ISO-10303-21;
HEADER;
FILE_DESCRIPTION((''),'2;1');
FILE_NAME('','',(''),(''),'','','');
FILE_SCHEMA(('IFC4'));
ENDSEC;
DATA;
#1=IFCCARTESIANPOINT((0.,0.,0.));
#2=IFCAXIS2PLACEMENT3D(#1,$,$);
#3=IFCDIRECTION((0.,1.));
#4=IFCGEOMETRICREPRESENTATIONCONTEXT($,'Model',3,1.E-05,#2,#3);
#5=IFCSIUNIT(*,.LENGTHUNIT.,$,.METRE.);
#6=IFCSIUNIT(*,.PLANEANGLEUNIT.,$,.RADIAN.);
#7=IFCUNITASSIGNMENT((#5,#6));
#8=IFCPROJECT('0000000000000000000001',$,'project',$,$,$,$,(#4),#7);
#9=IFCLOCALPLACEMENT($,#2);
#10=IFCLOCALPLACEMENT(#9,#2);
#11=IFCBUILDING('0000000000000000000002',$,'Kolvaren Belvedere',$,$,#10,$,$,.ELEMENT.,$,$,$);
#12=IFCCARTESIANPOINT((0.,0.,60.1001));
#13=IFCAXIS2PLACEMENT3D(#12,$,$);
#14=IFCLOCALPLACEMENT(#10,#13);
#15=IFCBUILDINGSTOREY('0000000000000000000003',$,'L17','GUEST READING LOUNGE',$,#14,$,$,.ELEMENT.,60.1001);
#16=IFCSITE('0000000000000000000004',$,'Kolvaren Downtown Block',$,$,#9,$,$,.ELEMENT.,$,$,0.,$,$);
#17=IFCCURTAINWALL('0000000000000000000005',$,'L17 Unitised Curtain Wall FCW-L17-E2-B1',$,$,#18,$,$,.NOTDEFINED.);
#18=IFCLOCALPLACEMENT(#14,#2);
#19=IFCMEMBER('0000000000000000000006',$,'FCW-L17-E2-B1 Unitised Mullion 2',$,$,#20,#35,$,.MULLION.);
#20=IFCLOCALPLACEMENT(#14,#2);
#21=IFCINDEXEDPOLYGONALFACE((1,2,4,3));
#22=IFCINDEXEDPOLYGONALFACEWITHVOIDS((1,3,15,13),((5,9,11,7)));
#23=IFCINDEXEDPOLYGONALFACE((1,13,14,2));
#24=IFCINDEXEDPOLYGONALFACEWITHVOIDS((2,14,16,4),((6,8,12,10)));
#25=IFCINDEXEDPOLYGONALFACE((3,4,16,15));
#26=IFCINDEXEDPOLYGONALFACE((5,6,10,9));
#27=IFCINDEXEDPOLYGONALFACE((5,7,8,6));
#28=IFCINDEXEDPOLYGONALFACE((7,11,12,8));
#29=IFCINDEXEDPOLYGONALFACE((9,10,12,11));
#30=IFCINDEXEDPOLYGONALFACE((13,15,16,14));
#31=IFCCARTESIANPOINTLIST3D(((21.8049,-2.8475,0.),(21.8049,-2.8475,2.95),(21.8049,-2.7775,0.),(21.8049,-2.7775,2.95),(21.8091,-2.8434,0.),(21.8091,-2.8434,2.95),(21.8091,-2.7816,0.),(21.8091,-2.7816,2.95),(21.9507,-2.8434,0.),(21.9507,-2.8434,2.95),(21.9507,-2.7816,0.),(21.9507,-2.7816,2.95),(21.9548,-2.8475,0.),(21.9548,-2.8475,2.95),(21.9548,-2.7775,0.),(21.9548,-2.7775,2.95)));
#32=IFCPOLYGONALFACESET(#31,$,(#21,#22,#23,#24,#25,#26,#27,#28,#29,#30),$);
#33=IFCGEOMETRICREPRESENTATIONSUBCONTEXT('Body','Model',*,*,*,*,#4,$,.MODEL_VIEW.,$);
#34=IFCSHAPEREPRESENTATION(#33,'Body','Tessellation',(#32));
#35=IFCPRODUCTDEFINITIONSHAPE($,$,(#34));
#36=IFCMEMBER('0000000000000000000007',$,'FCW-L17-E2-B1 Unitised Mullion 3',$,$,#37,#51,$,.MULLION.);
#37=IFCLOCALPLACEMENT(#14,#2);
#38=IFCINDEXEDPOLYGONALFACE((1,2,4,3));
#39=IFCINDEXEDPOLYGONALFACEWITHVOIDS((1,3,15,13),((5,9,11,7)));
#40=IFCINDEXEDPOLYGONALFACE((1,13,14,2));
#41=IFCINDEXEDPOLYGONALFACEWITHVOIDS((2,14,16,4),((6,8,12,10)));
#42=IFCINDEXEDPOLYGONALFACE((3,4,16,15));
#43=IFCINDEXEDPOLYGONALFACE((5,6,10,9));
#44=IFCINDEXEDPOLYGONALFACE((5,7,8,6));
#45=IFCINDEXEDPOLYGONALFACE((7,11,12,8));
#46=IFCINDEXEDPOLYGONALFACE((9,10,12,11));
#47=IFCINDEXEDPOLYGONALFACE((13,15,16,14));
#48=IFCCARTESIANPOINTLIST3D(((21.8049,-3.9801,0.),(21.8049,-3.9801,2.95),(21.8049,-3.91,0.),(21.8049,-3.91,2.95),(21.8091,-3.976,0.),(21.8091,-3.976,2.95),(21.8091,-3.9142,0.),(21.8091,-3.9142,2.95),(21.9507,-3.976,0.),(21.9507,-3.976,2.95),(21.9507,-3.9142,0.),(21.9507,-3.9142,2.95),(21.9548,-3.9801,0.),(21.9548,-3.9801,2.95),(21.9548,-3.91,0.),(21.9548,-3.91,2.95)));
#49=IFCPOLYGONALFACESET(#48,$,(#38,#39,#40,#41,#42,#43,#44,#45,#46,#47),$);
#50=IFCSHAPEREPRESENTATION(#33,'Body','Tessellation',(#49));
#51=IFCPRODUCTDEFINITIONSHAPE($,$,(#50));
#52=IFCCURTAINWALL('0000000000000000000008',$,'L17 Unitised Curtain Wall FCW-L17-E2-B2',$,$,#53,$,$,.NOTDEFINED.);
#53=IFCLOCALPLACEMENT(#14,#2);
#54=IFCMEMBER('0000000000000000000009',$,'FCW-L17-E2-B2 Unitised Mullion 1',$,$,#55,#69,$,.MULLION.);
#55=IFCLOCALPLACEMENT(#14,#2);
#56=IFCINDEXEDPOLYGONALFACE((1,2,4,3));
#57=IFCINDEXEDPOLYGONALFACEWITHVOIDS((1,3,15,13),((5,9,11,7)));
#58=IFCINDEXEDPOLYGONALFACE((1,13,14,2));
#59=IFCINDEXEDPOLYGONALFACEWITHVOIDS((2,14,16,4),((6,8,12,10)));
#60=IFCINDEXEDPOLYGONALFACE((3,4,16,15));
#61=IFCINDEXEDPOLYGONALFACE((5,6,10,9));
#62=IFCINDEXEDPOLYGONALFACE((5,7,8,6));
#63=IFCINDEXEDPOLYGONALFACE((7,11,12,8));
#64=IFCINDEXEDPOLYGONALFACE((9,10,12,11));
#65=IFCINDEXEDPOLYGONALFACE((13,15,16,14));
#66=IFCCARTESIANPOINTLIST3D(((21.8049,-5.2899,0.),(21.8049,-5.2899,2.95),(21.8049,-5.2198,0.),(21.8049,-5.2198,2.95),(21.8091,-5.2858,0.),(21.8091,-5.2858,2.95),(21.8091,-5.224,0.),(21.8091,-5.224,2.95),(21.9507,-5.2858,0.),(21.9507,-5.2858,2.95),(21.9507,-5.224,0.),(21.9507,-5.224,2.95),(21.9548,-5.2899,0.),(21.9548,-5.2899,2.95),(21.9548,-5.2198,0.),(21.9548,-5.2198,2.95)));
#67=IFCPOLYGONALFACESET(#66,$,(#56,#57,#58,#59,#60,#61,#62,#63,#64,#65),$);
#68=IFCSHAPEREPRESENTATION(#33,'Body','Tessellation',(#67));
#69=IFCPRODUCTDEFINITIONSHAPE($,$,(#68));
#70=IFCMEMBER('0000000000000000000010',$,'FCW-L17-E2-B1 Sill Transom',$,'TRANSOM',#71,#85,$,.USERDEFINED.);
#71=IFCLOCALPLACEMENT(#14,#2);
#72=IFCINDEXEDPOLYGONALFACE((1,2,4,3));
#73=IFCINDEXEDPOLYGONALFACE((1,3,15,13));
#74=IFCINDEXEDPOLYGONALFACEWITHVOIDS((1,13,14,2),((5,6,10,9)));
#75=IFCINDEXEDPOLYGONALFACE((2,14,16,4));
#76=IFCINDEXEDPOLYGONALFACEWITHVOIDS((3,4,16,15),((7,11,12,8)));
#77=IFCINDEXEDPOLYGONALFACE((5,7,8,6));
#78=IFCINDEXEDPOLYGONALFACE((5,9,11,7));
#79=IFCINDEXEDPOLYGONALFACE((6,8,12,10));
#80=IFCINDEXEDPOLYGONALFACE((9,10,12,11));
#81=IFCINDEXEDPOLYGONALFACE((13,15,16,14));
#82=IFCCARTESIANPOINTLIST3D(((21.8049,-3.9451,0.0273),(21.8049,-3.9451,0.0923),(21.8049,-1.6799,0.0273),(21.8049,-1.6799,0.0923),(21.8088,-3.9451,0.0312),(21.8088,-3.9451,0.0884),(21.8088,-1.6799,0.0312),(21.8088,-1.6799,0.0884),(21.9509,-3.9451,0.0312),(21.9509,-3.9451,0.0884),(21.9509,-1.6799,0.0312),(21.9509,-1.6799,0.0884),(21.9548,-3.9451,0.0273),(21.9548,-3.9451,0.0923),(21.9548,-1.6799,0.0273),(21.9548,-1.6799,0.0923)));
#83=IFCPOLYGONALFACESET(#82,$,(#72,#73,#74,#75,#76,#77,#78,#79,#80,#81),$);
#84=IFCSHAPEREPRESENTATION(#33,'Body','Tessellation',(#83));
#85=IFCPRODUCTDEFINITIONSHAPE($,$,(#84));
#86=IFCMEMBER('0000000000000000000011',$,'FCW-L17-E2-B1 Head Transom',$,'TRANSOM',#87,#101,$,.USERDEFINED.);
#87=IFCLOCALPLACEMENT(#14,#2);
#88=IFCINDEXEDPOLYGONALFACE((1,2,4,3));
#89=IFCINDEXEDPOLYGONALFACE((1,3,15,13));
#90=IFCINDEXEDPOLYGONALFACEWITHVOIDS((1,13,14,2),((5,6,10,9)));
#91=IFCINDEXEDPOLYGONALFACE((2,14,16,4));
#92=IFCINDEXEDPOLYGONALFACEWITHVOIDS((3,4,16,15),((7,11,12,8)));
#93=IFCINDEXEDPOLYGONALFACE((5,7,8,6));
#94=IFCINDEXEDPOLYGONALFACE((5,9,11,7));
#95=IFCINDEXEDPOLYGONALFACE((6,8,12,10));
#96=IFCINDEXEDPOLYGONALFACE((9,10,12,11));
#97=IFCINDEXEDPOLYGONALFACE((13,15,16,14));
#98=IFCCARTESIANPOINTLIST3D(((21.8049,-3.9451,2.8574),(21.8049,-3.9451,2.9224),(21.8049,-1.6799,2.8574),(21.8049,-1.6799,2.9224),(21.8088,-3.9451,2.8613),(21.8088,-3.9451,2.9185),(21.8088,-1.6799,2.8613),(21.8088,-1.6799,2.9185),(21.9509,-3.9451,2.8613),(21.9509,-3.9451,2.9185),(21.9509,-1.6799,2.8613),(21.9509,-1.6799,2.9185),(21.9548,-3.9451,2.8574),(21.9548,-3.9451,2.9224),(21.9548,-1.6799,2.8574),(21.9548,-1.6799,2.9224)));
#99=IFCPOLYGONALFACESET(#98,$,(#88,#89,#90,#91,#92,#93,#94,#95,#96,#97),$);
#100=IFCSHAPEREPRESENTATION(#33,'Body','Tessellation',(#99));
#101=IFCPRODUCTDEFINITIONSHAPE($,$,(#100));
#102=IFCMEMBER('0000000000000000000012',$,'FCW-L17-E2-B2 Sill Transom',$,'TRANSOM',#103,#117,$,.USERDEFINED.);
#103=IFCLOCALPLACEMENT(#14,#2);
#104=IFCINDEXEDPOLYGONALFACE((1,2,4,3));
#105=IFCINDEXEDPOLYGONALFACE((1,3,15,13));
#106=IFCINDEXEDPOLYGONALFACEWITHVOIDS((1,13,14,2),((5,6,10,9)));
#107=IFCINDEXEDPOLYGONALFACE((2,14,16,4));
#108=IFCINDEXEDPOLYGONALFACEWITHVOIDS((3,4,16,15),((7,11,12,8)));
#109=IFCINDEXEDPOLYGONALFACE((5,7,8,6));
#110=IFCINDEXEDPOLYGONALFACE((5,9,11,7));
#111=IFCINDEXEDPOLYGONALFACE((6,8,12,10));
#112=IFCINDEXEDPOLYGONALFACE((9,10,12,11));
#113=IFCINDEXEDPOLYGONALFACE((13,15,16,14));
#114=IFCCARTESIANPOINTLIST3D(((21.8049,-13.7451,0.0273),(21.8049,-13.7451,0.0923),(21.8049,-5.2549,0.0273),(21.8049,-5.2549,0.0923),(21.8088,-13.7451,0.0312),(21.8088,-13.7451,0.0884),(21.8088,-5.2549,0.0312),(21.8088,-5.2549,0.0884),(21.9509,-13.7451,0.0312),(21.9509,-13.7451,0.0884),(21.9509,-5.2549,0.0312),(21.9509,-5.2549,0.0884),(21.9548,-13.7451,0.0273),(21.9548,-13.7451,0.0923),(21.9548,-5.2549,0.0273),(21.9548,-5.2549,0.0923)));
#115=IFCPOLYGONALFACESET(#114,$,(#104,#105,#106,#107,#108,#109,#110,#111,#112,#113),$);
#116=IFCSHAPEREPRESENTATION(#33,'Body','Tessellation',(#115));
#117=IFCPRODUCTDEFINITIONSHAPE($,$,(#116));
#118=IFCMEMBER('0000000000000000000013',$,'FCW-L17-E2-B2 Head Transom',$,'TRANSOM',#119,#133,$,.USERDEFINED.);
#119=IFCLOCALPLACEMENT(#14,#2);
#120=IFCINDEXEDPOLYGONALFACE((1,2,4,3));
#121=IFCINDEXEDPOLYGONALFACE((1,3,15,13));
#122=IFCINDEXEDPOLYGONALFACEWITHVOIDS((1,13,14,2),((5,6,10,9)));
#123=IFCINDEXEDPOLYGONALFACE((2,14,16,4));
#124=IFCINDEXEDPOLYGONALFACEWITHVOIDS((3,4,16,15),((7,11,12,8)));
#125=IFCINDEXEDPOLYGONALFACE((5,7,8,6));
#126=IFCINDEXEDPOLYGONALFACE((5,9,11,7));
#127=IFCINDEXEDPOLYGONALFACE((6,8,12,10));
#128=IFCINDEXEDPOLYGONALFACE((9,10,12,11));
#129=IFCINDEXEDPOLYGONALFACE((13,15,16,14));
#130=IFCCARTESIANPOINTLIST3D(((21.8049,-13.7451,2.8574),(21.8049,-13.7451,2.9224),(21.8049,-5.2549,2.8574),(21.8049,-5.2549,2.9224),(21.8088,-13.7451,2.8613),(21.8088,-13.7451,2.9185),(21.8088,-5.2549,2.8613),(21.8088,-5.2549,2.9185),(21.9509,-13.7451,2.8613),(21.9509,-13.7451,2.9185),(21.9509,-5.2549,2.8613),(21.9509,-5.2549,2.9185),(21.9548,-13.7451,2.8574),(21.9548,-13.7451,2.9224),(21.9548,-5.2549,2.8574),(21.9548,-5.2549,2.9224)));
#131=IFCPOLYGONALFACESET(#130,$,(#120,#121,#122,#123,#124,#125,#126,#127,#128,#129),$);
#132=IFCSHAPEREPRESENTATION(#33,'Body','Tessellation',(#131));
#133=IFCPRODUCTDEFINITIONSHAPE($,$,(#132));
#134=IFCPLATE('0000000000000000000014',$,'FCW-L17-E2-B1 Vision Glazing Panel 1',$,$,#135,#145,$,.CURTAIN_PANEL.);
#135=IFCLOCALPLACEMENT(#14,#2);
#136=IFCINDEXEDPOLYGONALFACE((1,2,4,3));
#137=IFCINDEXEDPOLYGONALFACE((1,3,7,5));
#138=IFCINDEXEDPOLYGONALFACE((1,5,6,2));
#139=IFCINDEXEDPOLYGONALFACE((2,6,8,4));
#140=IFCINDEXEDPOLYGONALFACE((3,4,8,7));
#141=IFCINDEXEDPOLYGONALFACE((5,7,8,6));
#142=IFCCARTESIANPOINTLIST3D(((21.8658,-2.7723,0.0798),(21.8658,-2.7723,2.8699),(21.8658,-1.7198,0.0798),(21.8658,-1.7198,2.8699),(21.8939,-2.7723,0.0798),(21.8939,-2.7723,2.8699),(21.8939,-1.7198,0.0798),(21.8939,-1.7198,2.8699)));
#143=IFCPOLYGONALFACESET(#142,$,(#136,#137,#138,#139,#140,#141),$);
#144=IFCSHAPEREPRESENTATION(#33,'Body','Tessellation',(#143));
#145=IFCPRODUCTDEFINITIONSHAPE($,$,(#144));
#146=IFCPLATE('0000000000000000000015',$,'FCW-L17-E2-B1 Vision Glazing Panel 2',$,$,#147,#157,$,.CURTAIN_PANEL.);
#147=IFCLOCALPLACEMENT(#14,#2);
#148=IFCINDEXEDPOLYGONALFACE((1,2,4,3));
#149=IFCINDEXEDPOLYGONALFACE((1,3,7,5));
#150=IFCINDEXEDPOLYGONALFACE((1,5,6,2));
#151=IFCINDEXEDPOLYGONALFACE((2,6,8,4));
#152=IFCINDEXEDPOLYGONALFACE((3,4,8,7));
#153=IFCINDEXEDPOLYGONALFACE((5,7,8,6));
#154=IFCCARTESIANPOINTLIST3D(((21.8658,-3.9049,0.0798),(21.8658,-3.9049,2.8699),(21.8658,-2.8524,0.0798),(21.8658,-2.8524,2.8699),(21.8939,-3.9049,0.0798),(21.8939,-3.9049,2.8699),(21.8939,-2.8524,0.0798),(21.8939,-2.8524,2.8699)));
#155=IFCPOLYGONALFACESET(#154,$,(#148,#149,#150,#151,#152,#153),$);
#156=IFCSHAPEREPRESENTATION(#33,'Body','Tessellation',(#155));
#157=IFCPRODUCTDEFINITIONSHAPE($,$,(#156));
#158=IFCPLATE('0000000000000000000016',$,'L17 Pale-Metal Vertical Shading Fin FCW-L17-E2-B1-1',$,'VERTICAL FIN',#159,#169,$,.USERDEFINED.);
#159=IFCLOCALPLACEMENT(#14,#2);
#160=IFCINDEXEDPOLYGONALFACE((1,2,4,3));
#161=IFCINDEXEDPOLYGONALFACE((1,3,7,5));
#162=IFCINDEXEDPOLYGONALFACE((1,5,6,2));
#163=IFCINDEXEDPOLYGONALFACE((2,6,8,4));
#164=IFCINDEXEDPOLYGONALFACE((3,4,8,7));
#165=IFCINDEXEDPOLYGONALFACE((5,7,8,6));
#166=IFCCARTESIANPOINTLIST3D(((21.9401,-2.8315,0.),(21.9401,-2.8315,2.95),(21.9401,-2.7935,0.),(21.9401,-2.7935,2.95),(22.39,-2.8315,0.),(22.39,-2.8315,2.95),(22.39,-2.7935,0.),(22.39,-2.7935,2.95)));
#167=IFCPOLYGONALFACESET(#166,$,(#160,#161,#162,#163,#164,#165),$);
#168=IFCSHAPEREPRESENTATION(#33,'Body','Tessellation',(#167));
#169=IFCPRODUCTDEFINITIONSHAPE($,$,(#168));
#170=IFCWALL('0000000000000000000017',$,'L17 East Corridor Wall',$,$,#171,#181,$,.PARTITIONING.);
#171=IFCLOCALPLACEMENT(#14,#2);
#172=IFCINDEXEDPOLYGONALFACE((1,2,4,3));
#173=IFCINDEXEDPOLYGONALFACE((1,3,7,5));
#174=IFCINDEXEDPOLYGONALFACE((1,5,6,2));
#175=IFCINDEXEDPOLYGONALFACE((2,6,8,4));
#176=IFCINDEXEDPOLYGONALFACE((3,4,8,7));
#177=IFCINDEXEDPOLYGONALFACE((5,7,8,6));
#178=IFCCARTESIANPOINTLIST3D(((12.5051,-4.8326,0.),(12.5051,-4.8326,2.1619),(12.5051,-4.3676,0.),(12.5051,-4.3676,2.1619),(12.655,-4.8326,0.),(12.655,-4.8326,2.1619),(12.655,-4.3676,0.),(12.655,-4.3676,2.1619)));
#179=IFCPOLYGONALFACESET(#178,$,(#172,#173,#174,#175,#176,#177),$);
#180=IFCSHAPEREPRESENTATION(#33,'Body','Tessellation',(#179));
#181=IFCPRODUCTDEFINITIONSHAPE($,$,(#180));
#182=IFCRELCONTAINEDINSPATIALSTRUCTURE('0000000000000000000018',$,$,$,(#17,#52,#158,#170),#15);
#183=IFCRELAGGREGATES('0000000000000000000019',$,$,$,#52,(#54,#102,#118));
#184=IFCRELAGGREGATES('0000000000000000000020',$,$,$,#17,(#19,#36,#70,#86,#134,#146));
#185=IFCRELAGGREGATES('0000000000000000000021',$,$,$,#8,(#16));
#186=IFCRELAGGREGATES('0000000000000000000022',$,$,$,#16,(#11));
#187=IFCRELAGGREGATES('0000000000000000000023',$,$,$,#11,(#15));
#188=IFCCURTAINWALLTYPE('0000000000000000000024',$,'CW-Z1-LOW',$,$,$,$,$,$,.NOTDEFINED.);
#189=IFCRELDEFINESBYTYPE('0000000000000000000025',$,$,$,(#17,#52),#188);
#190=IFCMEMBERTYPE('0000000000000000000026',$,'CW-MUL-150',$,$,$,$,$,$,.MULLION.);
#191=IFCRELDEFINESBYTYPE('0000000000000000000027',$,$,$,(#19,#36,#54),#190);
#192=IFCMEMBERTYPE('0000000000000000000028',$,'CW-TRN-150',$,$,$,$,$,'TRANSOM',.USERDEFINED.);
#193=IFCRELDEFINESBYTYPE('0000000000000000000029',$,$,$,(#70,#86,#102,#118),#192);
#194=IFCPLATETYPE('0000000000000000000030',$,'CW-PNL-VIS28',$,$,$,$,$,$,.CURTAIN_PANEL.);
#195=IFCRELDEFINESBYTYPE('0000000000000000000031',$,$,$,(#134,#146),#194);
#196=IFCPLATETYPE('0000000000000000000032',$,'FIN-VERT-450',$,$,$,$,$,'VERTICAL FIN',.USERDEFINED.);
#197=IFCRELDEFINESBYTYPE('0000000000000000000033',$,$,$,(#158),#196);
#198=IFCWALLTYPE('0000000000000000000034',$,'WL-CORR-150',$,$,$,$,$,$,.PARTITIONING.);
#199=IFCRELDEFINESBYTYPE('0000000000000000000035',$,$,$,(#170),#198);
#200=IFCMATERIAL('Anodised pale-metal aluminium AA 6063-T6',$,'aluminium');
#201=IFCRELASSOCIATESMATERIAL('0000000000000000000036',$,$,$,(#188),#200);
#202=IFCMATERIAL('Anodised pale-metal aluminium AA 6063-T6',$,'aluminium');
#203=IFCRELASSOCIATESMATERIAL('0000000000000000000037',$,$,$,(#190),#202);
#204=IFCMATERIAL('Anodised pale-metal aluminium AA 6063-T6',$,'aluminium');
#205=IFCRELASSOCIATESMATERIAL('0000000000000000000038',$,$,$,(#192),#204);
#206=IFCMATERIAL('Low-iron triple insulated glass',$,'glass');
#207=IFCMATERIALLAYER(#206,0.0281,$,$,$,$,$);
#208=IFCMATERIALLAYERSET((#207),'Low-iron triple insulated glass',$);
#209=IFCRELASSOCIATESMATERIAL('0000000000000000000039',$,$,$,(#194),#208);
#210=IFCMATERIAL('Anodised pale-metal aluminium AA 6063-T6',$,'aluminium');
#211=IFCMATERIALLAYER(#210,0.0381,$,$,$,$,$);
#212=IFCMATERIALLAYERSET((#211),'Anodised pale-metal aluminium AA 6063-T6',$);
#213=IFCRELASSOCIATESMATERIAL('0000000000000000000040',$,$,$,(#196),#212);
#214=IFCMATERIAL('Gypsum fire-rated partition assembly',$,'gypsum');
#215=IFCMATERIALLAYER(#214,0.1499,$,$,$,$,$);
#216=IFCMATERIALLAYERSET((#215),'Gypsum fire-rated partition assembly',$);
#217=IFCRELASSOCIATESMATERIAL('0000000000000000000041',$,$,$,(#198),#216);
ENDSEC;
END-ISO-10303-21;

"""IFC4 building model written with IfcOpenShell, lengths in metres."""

from ifc_helpers import new_model, si_unit, direction, frame, frame_2d, origin, origin_2d, place, context, subcontext, project, spatial, rectangle, hollow_rectangle, extrude, material, layer, layer_set, material_profile, profile_set, type_object, element, aggregate, save


model = new_model("IFC4")

# Units and contexts
model_context = context("Model", 3, precision=1e-05, world=origin(), true_north=direction((0.0, 1.0)))
body_context = subcontext(model_context, "Body", "Model", "MODEL_VIEW")
ifc_project = project(units=[si_unit("LENGTHUNIT", "METRE"), si_unit("PLANEANGLEUNIT", "RADIAN")], contexts=[model_context])

# Site, building, storey
site_placement = place(None, origin())
site = spatial("IfcSite", under=ifc_project, at=site_placement, Name="Kolvaren Downtown Block", CompositionType="ELEMENT", RefElevation=0.0)
building_placement = place(site_placement, origin())
building = spatial("IfcBuilding", under=site, at=building_placement, Name="Kolvaren Belvedere", CompositionType="ELEMENT")
storey_placement = place(building_placement, frame((0.0, 0.0, 60.1001)))
storey = spatial("IfcBuildingStorey", under=building, at=storey_placement, Name="L17", Description="GUEST READING LOUNGE", CompositionType="ELEMENT", Elevation=60.1001)

# Curtain wall, members
ifc_material_1 = material(Name="Anodised pale-metal aluminium AA 6063-T6", Category="aluminium")
curtain_wall_type = type_object("IfcCurtainWallType", Name="CW-Z1-LOW", PredefinedType="NOTDEFINED", material=ifc_material_1)
curtain_wall_1_placement = place(storey_placement, origin())
curtain_wall_1 = element("IfcCurtainWall", 1, at=curtain_wall_1_placement, inside=storey, type_object=curtain_wall_type, Name="L17 Unitised Curtain Wall FCW-L17-E2-B1", PredefinedType="NOTDEFINED")
ifc_material_2 = material(Name="Anodised pale-metal aluminium AA 6063-T6", Category="aluminium")
ifc_material_profile_1 = material_profile(ifc_material_2, hollow_rectangle(XDim=0.0701, YDim=0.1499, WallThickness=0.0042, at=origin_2d()), Name="ALU-MUL-150X70")
ifc_profile_set_1 = profile_set([ifc_material_profile_1], Name="Anodised pale-metal aluminium AA 6063-T6")
member_type_1 = type_object("IfcMemberType", Name="CW-MUL-150", PredefinedType="MULLION", material=ifc_profile_set_1)
member_1_placement = place(storey_placement, frame((21.8799, -2.8125, 0.0), z_axis=(0.0, 0.0, 1.0), x_axis=(0.0, 1.0, 0.0)))
member_1 = element("IfcMember", 2, at=member_1_placement, type_object=member_type_1, Name="FCW-L17-E2-B1 Unitised Mullion 2", PredefinedType="MULLION", context=body_context, shape_type="SweptSolid", body=[
    extrude(hollow_rectangle(XDim=0.0701, YDim=0.1499, WallThickness=0.0042, at=origin_2d()), origin(), (0.0, 0.0, 1.0), 2.95),
])
member_2_placement = place(storey_placement, frame((21.8799, -3.9451, 0.0), z_axis=(0.0, 0.0, 1.0), x_axis=(0.0, 1.0, 0.0)))
member_2 = element("IfcMember", 3, at=member_2_placement, type_object=member_type_1, Name="FCW-L17-E2-B1 Unitised Mullion 3", PredefinedType="MULLION", context=body_context, shape_type="SweptSolid", body=[
    extrude(hollow_rectangle(XDim=0.0701, YDim=0.1499, WallThickness=0.0042, at=origin_2d()), origin(), (0.0, 0.0, 1.0), 2.95),
])

# Curtain wall, member
curtain_wall_2_placement = place(storey_placement, origin())
curtain_wall_2 = element("IfcCurtainWall", 4, at=curtain_wall_2_placement, inside=storey, type_object=curtain_wall_type, Name="L17 Unitised Curtain Wall FCW-L17-E2-B2", PredefinedType="NOTDEFINED")
member_3_placement = place(storey_placement, frame((21.8799, -5.2549, 0.0), z_axis=(0.0, 0.0, 1.0), x_axis=(0.0, 1.0, 0.0)))
member_3 = element("IfcMember", 5, at=member_3_placement, type_object=member_type_1, Name="FCW-L17-E2-B2 Unitised Mullion 1", PredefinedType="MULLION", context=body_context, shape_type="SweptSolid", body=[
    extrude(hollow_rectangle(XDim=0.0701, YDim=0.1499, WallThickness=0.0042, at=origin_2d()), origin(), (0.0, 0.0, 1.0), 2.95),
])

# Members
ifc_material_3 = material(Name="Anodised pale-metal aluminium AA 6063-T6", Category="aluminium")
ifc_material_profile_2 = material_profile(ifc_material_3, hollow_rectangle(XDim=0.0649, YDim=0.1499, WallThickness=0.0039, at=origin_2d()), Name="ALU-TRN-150X65")
ifc_profile_set_2 = profile_set([ifc_material_profile_2], Name="Anodised pale-metal aluminium AA 6063-T6")
member_type_2 = type_object("IfcMemberType", Name="CW-TRN-150", ElementType="TRANSOM", PredefinedType="USERDEFINED", material=ifc_profile_set_2)
member_4_placement = place(storey_placement, frame((21.8799, -1.6799, 0.0598), z_axis=(0.0, -1.0, 0.0), x_axis=(0.0, 0.0, 1.0)))
member_4 = element("IfcMember", 6, at=member_4_placement, type_object=member_type_2, Name="FCW-L17-E2-B1 Sill Transom", ObjectType="TRANSOM", PredefinedType="USERDEFINED", context=body_context, shape_type="SweptSolid", body=[
    extrude(hollow_rectangle(XDim=0.0649, YDim=0.1499, WallThickness=0.0039, at=origin_2d()), origin(), (0.0, 0.0, 1.0), 2.2651),
])
member_5_placement = place(storey_placement, frame((21.8799, -1.6799, 2.8899), z_axis=(0.0, -1.0, 0.0), x_axis=(0.0, 0.0, 1.0)))
member_5 = element("IfcMember", 7, at=member_5_placement, type_object=member_type_2, Name="FCW-L17-E2-B1 Head Transom", ObjectType="TRANSOM", PredefinedType="USERDEFINED", context=body_context, shape_type="SweptSolid", body=[
    extrude(hollow_rectangle(XDim=0.0649, YDim=0.1499, WallThickness=0.0039, at=origin_2d()), origin(), (0.0, 0.0, 1.0), 2.2651),
])
member_6_placement = place(storey_placement, frame((21.8799, -5.2549, 0.0598), z_axis=(0.0, -1.0, 0.0), x_axis=(0.0, 0.0, 1.0)))
member_6 = element("IfcMember", 8, at=member_6_placement, type_object=member_type_2, Name="FCW-L17-E2-B2 Sill Transom", ObjectType="TRANSOM", PredefinedType="USERDEFINED", context=body_context, shape_type="SweptSolid", body=[
    extrude(hollow_rectangle(XDim=0.0649, YDim=0.1499, WallThickness=0.0039, at=origin_2d()), origin(), (0.0, 0.0, 1.0), 8.4902),
])
member_7_placement = place(storey_placement, frame((21.8799, -5.2549, 2.8899), z_axis=(0.0, -1.0, 0.0), x_axis=(0.0, 0.0, 1.0)))
member_7 = element("IfcMember", 9, at=member_7_placement, type_object=member_type_2, Name="FCW-L17-E2-B2 Head Transom", ObjectType="TRANSOM", PredefinedType="USERDEFINED", context=body_context, shape_type="SweptSolid", body=[
    extrude(hollow_rectangle(XDim=0.0649, YDim=0.1499, WallThickness=0.0039, at=origin_2d()), origin(), (0.0, 0.0, 1.0), 8.4902),
])
aggregate(curtain_wall_2, [member_3, member_6, member_7])

# Plates
ifc_material_4 = material(Name="Low-iron triple insulated glass", Category="glass")
ifc_layer_1 = layer(ifc_material_4, 0.0281)
ifc_layer_set_1 = layer_set([ifc_layer_1], Name="Low-iron triple insulated glass")
plate_type_1 = type_object("IfcPlateType", Name="CW-PNL-VIS28", PredefinedType="CURTAIN_PANEL", material=ifc_layer_set_1)
plate_1_placement = place(storey_placement, frame((21.8799, -2.2461, 0.0798), z_axis=(0.0, 0.0, 1.0), x_axis=(0.0, -1.0, 0.0)))
plate_1 = element("IfcPlate", 10, at=plate_1_placement, type_object=plate_type_1, Name="FCW-L17-E2-B1 Vision Glazing Panel 1", PredefinedType="CURTAIN_PANEL", context=body_context, shape_type="SweptSolid", body=[
    extrude(rectangle(XDim=1.0525, YDim=0.0281, at=origin_2d()), origin(), (0.0, 0.0, 1.0), 2.79),
])
plate_2_placement = place(storey_placement, frame((21.8799, -3.3787, 0.0798), z_axis=(0.0, 0.0, 1.0), x_axis=(0.0, -1.0, 0.0)))
plate_2 = element("IfcPlate", 11, at=plate_2_placement, type_object=plate_type_1, Name="FCW-L17-E2-B1 Vision Glazing Panel 2", PredefinedType="CURTAIN_PANEL", context=body_context, shape_type="SweptSolid", body=[
    extrude(rectangle(XDim=1.0525, YDim=0.0281, at=origin_2d()), origin(), (0.0, 0.0, 1.0), 2.79),
])
aggregate(curtain_wall_1, [member_1, member_2, member_4, member_5, plate_1, plate_2])
ifc_material_5 = material(Name="Anodised pale-metal aluminium AA 6063-T6", Category="aluminium")
ifc_layer_2 = layer(ifc_material_5, 0.0381)
ifc_layer_set_2 = layer_set([ifc_layer_2], Name="Anodised pale-metal aluminium AA 6063-T6")
plate_type_2 = type_object("IfcPlateType", Name="FIN-VERT-450", ElementType="VERTICAL FIN", PredefinedType="USERDEFINED", material=ifc_layer_set_2)
plate_3_placement = place(storey_placement, frame((22.165, -2.8125, 0.0), z_axis=(0.0, 0.0, 1.0), x_axis=(1.0, 0.0, 0.0)))
element("IfcPlate", 12, at=plate_3_placement, inside=storey, type_object=plate_type_2, Name="L17 Pale-Metal Vertical Shading Fin FCW-L17-E2-B1-1", ObjectType="VERTICAL FIN", PredefinedType="USERDEFINED", context=body_context, shape_type="SweptSolid", body=[
    extrude(rectangle(XDim=0.45, YDim=0.0381, at=origin_2d()), origin(), (0.0, 0.0, 1.0), 2.95),
])

# Wall
ifc_material_6 = material(Name="Gypsum fire-rated partition assembly", Category="gypsum")
ifc_layer_3 = layer(ifc_material_6, 0.1499)
ifc_layer_set_3 = layer_set([ifc_layer_3], Name="Gypsum fire-rated partition assembly")
wall_type_1 = type_object("IfcWallType", Name="WL-CORR-150", PredefinedType="PARTITIONING", material=ifc_layer_set_3)
wall_1_placement = place(storey_placement, frame((12.5801, -4.8325, 0.0), z_axis=(0.0, 0.0, 1.0), x_axis=(0.0, 1.0, 0.0)))
element("IfcWall", 13, at=wall_1_placement, inside=storey, type_object=wall_type_1, Name="L17 East Corridor Wall", PredefinedType="PARTITIONING", context=body_context, shape_type="SweptSolid", body=[
    extrude(rectangle(XDim=0.4651, YDim=0.1499, at=frame_2d((0.2324, 0.0))), origin(), (0.0, 0.0, 1.0), 2.1619),
])

save(model, "model.ifc")
